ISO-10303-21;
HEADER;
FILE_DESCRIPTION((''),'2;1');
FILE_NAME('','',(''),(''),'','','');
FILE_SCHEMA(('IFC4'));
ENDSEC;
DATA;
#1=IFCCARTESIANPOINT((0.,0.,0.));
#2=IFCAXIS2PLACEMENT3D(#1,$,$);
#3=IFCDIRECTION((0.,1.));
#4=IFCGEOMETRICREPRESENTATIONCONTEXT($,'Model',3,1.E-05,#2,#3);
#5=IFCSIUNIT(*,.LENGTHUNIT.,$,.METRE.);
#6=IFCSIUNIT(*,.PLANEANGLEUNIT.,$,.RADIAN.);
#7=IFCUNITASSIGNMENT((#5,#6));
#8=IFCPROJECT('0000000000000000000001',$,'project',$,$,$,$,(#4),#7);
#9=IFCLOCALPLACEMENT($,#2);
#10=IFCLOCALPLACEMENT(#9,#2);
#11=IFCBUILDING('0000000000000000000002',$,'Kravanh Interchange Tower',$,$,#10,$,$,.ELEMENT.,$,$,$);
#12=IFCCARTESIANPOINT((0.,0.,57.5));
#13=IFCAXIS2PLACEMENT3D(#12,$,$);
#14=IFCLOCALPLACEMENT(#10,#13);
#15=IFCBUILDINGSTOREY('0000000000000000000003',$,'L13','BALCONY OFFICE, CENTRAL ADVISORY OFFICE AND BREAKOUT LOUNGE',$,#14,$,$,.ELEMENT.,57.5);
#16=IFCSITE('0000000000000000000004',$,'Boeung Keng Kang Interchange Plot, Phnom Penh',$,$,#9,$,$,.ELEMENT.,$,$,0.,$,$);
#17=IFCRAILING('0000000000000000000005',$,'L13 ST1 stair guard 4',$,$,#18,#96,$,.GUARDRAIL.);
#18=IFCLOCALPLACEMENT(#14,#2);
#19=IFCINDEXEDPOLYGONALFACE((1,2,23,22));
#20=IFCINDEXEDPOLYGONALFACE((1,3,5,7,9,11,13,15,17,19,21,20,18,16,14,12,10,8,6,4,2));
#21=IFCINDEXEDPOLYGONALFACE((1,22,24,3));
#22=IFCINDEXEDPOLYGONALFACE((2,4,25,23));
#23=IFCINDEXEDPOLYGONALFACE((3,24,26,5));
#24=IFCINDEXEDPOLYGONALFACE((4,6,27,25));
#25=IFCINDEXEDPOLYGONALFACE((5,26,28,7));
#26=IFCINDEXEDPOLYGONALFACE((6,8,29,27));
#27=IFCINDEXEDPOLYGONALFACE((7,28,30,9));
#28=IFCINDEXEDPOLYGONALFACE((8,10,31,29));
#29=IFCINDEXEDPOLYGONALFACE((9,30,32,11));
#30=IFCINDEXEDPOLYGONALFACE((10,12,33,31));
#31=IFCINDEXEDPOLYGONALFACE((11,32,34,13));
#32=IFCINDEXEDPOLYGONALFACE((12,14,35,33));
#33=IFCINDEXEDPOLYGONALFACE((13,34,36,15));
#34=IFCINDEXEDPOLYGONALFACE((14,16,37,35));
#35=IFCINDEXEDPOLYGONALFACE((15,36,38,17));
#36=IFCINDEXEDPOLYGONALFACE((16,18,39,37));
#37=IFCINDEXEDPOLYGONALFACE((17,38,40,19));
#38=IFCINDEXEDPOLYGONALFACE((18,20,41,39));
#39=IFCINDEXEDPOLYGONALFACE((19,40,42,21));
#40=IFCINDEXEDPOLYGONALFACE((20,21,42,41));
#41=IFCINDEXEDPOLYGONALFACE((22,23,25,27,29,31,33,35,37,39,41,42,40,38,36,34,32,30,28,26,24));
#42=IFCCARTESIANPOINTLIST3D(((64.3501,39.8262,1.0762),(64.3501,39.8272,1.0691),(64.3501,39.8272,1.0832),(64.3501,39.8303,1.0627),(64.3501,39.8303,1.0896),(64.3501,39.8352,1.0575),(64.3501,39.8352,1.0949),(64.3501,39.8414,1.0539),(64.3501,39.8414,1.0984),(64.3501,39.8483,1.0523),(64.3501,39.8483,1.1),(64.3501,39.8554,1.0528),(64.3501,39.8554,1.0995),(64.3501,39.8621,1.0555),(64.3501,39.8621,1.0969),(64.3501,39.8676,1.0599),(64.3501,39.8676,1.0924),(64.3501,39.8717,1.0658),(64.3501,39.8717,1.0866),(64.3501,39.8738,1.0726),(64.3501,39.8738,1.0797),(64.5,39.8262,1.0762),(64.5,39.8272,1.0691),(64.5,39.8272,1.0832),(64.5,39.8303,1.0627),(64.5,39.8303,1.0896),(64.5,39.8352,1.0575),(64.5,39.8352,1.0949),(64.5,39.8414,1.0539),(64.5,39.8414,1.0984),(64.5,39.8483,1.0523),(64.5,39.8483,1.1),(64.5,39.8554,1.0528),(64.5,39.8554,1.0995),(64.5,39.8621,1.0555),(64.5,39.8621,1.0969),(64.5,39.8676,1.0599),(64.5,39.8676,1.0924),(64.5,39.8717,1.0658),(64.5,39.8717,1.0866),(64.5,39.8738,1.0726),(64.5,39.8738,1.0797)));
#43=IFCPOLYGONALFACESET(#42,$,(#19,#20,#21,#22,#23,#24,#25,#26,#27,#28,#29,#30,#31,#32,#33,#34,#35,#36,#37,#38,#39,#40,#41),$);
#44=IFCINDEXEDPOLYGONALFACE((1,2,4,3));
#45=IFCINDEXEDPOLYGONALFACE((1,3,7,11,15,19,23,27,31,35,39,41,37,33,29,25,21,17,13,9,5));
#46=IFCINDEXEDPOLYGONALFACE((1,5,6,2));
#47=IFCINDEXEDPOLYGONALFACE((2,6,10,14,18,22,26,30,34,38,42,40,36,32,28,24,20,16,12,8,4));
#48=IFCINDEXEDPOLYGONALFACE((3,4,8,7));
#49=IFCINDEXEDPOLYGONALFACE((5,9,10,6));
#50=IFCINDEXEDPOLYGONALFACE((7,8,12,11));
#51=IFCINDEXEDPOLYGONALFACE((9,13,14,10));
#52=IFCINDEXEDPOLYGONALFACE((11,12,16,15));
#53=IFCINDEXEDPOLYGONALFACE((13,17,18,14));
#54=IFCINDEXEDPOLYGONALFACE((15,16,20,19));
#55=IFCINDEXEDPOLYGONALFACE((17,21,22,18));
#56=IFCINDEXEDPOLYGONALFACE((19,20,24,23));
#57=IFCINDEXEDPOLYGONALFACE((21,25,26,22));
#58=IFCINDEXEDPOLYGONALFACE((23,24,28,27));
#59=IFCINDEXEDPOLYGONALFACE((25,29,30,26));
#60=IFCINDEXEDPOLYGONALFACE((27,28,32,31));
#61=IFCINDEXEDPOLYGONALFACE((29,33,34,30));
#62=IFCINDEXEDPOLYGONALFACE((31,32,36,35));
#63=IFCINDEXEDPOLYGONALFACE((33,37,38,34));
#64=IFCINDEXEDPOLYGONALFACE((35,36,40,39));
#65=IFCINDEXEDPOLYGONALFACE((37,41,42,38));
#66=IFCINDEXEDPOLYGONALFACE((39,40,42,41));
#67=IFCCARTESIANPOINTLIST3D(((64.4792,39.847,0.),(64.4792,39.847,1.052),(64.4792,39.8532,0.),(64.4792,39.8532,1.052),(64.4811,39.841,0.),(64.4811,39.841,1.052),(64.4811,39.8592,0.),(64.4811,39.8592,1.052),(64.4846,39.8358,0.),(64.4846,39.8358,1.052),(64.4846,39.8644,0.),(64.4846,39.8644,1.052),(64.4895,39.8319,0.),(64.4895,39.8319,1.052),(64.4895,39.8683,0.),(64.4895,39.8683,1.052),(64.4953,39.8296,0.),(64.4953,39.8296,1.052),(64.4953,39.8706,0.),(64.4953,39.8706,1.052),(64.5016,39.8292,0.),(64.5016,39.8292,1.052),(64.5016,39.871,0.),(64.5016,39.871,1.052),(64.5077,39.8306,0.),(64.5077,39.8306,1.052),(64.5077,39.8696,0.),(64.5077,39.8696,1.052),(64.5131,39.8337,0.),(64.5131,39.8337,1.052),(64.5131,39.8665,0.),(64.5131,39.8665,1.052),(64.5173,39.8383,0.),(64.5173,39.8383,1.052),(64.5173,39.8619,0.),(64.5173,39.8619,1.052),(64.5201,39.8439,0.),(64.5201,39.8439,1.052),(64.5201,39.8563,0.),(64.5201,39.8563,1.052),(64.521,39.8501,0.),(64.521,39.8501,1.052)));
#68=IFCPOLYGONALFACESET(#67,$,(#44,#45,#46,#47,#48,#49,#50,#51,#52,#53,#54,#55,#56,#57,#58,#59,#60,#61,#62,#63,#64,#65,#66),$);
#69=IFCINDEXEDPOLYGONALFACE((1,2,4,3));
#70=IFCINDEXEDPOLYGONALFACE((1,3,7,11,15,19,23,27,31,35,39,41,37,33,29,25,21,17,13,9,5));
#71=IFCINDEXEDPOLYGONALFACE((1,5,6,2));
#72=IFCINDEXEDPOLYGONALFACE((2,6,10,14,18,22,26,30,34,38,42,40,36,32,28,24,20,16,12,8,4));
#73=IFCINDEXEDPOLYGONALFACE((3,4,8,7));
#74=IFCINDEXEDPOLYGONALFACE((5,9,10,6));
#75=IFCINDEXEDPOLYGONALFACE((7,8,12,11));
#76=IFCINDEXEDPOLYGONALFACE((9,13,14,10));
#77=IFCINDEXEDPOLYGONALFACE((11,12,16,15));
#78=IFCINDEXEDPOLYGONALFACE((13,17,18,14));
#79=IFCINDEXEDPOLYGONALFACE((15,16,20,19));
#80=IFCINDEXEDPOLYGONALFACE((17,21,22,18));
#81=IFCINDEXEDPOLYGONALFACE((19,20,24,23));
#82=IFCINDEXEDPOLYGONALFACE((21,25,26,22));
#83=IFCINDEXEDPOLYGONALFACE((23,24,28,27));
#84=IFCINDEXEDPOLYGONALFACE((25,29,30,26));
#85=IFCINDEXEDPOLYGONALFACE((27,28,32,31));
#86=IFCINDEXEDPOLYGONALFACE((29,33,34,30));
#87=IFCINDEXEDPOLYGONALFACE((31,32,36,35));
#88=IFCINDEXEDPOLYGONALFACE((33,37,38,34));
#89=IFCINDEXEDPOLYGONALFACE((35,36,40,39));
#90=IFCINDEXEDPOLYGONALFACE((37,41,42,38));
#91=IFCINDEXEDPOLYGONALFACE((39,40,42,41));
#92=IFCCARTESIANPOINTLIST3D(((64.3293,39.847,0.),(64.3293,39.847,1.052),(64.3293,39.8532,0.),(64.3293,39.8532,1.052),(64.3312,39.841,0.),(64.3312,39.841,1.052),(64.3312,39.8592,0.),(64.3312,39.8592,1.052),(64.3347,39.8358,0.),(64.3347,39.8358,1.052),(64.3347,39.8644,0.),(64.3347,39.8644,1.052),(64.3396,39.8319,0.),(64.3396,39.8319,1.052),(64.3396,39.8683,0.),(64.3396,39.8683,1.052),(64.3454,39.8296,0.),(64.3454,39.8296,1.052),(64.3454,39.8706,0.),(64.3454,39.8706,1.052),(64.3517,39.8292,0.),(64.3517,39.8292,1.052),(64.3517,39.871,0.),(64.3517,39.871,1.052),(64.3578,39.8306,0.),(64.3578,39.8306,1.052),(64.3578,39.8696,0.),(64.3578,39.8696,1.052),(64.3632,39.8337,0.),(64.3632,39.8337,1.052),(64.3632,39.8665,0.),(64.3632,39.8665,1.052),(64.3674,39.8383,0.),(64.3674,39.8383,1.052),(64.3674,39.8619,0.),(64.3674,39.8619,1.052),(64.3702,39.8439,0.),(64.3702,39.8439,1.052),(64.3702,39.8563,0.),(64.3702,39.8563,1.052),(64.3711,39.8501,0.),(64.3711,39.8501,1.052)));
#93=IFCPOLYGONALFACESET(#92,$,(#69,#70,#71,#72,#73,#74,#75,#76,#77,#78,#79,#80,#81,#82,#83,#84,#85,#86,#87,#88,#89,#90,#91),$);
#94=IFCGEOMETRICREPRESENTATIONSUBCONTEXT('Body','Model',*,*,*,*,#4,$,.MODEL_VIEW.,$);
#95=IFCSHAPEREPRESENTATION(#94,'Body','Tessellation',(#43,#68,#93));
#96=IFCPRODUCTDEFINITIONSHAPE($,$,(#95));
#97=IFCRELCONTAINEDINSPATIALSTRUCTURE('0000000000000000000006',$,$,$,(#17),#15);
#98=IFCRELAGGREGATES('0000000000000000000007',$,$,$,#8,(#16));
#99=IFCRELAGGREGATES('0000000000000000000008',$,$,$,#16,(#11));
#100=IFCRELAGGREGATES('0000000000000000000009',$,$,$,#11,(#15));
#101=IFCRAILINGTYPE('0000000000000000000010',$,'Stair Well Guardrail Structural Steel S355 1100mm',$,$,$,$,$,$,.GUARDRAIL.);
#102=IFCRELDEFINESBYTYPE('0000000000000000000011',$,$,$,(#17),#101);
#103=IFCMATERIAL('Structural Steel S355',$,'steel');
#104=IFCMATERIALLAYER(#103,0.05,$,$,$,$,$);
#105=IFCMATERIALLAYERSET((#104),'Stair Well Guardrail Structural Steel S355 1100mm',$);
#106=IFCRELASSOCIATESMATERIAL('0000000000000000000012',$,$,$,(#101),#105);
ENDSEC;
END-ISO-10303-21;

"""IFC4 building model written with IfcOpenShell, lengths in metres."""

from ifc_helpers import new_model, si_unit, direction, frame, origin, origin_2d, place, context, subcontext, project, spatial, circle, extrude, material, layer, layer_set, type_object, element, save


model = new_model("IFC4")

# Units and contexts
model_context = context("Model", 3, precision=1e-05, world=origin(), true_north=direction((0.0, 1.0)))
body_context = subcontext(model_context, "Body", "Model", "MODEL_VIEW")
ifc_project = project(units=[si_unit("LENGTHUNIT", "METRE"), si_unit("PLANEANGLEUNIT", "RADIAN")], contexts=[model_context])

# Site, building, storey
site_placement = place(None, origin())
site = spatial("IfcSite", under=ifc_project, at=site_placement, Name="Boeung Keng Kang Interchange Plot, Phnom Penh", CompositionType="ELEMENT", RefElevation=0.0)
building_placement = place(site_placement, origin())
building = spatial("IfcBuilding", under=site, at=building_placement, Name="Kravanh Interchange Tower", CompositionType="ELEMENT")
storey_placement = place(building_placement, frame((0.0, 0.0, 57.5)))
storey = spatial("IfcBuildingStorey", under=building, at=storey_placement, Name="L13", Description="BALCONY OFFICE, CENTRAL ADVISORY OFFICE AND BREAKOUT LOUNGE", CompositionType="ELEMENT", Elevation=57.5)

# Railing
ifc_material_1 = material(Name="Structural Steel S355", Category="steel")
ifc_layer_1 = layer(ifc_material_1, 0.05)
ifc_layer_set_1 = layer_set([ifc_layer_1], Name="Stair Well Guardrail Structural Steel S355 1100mm")
railing_type_1 = type_object("IfcRailingType", Name="Stair Well Guardrail Structural Steel S355 1100mm", PredefinedType="GUARDRAIL", material=ifc_layer_set_1)
railing_1_placement = place(storey_placement, frame((64.5, 39.8501, 0.0)))
element("IfcRailing", 1, at=railing_1_placement, inside=storey, type_object=railing_type_1, Name="L13 ST1 stair guard 4", PredefinedType="GUARDRAIL", context=body_context, shape_type="SweptSolid", body=[
    extrude(circle(Radius=0.0239, at=origin_2d()), frame((0.0, 0.0, 1.0762), z_axis=(-1.0, 0.0, 0.0), x_axis=(0.0, -1.0, 0.0)), (0.0, 0.0, 1.0), 0.1499),
    extrude(circle(Radius=0.021, at=origin_2d()), origin(), (0.0, 0.0, 1.0), 1.052),
    extrude(circle(Radius=0.021, at=origin_2d()), frame((-0.1499, 0.0, 0.0)), (0.0, 0.0, 1.0), 1.052),
])

save(model, "model.ifc")
